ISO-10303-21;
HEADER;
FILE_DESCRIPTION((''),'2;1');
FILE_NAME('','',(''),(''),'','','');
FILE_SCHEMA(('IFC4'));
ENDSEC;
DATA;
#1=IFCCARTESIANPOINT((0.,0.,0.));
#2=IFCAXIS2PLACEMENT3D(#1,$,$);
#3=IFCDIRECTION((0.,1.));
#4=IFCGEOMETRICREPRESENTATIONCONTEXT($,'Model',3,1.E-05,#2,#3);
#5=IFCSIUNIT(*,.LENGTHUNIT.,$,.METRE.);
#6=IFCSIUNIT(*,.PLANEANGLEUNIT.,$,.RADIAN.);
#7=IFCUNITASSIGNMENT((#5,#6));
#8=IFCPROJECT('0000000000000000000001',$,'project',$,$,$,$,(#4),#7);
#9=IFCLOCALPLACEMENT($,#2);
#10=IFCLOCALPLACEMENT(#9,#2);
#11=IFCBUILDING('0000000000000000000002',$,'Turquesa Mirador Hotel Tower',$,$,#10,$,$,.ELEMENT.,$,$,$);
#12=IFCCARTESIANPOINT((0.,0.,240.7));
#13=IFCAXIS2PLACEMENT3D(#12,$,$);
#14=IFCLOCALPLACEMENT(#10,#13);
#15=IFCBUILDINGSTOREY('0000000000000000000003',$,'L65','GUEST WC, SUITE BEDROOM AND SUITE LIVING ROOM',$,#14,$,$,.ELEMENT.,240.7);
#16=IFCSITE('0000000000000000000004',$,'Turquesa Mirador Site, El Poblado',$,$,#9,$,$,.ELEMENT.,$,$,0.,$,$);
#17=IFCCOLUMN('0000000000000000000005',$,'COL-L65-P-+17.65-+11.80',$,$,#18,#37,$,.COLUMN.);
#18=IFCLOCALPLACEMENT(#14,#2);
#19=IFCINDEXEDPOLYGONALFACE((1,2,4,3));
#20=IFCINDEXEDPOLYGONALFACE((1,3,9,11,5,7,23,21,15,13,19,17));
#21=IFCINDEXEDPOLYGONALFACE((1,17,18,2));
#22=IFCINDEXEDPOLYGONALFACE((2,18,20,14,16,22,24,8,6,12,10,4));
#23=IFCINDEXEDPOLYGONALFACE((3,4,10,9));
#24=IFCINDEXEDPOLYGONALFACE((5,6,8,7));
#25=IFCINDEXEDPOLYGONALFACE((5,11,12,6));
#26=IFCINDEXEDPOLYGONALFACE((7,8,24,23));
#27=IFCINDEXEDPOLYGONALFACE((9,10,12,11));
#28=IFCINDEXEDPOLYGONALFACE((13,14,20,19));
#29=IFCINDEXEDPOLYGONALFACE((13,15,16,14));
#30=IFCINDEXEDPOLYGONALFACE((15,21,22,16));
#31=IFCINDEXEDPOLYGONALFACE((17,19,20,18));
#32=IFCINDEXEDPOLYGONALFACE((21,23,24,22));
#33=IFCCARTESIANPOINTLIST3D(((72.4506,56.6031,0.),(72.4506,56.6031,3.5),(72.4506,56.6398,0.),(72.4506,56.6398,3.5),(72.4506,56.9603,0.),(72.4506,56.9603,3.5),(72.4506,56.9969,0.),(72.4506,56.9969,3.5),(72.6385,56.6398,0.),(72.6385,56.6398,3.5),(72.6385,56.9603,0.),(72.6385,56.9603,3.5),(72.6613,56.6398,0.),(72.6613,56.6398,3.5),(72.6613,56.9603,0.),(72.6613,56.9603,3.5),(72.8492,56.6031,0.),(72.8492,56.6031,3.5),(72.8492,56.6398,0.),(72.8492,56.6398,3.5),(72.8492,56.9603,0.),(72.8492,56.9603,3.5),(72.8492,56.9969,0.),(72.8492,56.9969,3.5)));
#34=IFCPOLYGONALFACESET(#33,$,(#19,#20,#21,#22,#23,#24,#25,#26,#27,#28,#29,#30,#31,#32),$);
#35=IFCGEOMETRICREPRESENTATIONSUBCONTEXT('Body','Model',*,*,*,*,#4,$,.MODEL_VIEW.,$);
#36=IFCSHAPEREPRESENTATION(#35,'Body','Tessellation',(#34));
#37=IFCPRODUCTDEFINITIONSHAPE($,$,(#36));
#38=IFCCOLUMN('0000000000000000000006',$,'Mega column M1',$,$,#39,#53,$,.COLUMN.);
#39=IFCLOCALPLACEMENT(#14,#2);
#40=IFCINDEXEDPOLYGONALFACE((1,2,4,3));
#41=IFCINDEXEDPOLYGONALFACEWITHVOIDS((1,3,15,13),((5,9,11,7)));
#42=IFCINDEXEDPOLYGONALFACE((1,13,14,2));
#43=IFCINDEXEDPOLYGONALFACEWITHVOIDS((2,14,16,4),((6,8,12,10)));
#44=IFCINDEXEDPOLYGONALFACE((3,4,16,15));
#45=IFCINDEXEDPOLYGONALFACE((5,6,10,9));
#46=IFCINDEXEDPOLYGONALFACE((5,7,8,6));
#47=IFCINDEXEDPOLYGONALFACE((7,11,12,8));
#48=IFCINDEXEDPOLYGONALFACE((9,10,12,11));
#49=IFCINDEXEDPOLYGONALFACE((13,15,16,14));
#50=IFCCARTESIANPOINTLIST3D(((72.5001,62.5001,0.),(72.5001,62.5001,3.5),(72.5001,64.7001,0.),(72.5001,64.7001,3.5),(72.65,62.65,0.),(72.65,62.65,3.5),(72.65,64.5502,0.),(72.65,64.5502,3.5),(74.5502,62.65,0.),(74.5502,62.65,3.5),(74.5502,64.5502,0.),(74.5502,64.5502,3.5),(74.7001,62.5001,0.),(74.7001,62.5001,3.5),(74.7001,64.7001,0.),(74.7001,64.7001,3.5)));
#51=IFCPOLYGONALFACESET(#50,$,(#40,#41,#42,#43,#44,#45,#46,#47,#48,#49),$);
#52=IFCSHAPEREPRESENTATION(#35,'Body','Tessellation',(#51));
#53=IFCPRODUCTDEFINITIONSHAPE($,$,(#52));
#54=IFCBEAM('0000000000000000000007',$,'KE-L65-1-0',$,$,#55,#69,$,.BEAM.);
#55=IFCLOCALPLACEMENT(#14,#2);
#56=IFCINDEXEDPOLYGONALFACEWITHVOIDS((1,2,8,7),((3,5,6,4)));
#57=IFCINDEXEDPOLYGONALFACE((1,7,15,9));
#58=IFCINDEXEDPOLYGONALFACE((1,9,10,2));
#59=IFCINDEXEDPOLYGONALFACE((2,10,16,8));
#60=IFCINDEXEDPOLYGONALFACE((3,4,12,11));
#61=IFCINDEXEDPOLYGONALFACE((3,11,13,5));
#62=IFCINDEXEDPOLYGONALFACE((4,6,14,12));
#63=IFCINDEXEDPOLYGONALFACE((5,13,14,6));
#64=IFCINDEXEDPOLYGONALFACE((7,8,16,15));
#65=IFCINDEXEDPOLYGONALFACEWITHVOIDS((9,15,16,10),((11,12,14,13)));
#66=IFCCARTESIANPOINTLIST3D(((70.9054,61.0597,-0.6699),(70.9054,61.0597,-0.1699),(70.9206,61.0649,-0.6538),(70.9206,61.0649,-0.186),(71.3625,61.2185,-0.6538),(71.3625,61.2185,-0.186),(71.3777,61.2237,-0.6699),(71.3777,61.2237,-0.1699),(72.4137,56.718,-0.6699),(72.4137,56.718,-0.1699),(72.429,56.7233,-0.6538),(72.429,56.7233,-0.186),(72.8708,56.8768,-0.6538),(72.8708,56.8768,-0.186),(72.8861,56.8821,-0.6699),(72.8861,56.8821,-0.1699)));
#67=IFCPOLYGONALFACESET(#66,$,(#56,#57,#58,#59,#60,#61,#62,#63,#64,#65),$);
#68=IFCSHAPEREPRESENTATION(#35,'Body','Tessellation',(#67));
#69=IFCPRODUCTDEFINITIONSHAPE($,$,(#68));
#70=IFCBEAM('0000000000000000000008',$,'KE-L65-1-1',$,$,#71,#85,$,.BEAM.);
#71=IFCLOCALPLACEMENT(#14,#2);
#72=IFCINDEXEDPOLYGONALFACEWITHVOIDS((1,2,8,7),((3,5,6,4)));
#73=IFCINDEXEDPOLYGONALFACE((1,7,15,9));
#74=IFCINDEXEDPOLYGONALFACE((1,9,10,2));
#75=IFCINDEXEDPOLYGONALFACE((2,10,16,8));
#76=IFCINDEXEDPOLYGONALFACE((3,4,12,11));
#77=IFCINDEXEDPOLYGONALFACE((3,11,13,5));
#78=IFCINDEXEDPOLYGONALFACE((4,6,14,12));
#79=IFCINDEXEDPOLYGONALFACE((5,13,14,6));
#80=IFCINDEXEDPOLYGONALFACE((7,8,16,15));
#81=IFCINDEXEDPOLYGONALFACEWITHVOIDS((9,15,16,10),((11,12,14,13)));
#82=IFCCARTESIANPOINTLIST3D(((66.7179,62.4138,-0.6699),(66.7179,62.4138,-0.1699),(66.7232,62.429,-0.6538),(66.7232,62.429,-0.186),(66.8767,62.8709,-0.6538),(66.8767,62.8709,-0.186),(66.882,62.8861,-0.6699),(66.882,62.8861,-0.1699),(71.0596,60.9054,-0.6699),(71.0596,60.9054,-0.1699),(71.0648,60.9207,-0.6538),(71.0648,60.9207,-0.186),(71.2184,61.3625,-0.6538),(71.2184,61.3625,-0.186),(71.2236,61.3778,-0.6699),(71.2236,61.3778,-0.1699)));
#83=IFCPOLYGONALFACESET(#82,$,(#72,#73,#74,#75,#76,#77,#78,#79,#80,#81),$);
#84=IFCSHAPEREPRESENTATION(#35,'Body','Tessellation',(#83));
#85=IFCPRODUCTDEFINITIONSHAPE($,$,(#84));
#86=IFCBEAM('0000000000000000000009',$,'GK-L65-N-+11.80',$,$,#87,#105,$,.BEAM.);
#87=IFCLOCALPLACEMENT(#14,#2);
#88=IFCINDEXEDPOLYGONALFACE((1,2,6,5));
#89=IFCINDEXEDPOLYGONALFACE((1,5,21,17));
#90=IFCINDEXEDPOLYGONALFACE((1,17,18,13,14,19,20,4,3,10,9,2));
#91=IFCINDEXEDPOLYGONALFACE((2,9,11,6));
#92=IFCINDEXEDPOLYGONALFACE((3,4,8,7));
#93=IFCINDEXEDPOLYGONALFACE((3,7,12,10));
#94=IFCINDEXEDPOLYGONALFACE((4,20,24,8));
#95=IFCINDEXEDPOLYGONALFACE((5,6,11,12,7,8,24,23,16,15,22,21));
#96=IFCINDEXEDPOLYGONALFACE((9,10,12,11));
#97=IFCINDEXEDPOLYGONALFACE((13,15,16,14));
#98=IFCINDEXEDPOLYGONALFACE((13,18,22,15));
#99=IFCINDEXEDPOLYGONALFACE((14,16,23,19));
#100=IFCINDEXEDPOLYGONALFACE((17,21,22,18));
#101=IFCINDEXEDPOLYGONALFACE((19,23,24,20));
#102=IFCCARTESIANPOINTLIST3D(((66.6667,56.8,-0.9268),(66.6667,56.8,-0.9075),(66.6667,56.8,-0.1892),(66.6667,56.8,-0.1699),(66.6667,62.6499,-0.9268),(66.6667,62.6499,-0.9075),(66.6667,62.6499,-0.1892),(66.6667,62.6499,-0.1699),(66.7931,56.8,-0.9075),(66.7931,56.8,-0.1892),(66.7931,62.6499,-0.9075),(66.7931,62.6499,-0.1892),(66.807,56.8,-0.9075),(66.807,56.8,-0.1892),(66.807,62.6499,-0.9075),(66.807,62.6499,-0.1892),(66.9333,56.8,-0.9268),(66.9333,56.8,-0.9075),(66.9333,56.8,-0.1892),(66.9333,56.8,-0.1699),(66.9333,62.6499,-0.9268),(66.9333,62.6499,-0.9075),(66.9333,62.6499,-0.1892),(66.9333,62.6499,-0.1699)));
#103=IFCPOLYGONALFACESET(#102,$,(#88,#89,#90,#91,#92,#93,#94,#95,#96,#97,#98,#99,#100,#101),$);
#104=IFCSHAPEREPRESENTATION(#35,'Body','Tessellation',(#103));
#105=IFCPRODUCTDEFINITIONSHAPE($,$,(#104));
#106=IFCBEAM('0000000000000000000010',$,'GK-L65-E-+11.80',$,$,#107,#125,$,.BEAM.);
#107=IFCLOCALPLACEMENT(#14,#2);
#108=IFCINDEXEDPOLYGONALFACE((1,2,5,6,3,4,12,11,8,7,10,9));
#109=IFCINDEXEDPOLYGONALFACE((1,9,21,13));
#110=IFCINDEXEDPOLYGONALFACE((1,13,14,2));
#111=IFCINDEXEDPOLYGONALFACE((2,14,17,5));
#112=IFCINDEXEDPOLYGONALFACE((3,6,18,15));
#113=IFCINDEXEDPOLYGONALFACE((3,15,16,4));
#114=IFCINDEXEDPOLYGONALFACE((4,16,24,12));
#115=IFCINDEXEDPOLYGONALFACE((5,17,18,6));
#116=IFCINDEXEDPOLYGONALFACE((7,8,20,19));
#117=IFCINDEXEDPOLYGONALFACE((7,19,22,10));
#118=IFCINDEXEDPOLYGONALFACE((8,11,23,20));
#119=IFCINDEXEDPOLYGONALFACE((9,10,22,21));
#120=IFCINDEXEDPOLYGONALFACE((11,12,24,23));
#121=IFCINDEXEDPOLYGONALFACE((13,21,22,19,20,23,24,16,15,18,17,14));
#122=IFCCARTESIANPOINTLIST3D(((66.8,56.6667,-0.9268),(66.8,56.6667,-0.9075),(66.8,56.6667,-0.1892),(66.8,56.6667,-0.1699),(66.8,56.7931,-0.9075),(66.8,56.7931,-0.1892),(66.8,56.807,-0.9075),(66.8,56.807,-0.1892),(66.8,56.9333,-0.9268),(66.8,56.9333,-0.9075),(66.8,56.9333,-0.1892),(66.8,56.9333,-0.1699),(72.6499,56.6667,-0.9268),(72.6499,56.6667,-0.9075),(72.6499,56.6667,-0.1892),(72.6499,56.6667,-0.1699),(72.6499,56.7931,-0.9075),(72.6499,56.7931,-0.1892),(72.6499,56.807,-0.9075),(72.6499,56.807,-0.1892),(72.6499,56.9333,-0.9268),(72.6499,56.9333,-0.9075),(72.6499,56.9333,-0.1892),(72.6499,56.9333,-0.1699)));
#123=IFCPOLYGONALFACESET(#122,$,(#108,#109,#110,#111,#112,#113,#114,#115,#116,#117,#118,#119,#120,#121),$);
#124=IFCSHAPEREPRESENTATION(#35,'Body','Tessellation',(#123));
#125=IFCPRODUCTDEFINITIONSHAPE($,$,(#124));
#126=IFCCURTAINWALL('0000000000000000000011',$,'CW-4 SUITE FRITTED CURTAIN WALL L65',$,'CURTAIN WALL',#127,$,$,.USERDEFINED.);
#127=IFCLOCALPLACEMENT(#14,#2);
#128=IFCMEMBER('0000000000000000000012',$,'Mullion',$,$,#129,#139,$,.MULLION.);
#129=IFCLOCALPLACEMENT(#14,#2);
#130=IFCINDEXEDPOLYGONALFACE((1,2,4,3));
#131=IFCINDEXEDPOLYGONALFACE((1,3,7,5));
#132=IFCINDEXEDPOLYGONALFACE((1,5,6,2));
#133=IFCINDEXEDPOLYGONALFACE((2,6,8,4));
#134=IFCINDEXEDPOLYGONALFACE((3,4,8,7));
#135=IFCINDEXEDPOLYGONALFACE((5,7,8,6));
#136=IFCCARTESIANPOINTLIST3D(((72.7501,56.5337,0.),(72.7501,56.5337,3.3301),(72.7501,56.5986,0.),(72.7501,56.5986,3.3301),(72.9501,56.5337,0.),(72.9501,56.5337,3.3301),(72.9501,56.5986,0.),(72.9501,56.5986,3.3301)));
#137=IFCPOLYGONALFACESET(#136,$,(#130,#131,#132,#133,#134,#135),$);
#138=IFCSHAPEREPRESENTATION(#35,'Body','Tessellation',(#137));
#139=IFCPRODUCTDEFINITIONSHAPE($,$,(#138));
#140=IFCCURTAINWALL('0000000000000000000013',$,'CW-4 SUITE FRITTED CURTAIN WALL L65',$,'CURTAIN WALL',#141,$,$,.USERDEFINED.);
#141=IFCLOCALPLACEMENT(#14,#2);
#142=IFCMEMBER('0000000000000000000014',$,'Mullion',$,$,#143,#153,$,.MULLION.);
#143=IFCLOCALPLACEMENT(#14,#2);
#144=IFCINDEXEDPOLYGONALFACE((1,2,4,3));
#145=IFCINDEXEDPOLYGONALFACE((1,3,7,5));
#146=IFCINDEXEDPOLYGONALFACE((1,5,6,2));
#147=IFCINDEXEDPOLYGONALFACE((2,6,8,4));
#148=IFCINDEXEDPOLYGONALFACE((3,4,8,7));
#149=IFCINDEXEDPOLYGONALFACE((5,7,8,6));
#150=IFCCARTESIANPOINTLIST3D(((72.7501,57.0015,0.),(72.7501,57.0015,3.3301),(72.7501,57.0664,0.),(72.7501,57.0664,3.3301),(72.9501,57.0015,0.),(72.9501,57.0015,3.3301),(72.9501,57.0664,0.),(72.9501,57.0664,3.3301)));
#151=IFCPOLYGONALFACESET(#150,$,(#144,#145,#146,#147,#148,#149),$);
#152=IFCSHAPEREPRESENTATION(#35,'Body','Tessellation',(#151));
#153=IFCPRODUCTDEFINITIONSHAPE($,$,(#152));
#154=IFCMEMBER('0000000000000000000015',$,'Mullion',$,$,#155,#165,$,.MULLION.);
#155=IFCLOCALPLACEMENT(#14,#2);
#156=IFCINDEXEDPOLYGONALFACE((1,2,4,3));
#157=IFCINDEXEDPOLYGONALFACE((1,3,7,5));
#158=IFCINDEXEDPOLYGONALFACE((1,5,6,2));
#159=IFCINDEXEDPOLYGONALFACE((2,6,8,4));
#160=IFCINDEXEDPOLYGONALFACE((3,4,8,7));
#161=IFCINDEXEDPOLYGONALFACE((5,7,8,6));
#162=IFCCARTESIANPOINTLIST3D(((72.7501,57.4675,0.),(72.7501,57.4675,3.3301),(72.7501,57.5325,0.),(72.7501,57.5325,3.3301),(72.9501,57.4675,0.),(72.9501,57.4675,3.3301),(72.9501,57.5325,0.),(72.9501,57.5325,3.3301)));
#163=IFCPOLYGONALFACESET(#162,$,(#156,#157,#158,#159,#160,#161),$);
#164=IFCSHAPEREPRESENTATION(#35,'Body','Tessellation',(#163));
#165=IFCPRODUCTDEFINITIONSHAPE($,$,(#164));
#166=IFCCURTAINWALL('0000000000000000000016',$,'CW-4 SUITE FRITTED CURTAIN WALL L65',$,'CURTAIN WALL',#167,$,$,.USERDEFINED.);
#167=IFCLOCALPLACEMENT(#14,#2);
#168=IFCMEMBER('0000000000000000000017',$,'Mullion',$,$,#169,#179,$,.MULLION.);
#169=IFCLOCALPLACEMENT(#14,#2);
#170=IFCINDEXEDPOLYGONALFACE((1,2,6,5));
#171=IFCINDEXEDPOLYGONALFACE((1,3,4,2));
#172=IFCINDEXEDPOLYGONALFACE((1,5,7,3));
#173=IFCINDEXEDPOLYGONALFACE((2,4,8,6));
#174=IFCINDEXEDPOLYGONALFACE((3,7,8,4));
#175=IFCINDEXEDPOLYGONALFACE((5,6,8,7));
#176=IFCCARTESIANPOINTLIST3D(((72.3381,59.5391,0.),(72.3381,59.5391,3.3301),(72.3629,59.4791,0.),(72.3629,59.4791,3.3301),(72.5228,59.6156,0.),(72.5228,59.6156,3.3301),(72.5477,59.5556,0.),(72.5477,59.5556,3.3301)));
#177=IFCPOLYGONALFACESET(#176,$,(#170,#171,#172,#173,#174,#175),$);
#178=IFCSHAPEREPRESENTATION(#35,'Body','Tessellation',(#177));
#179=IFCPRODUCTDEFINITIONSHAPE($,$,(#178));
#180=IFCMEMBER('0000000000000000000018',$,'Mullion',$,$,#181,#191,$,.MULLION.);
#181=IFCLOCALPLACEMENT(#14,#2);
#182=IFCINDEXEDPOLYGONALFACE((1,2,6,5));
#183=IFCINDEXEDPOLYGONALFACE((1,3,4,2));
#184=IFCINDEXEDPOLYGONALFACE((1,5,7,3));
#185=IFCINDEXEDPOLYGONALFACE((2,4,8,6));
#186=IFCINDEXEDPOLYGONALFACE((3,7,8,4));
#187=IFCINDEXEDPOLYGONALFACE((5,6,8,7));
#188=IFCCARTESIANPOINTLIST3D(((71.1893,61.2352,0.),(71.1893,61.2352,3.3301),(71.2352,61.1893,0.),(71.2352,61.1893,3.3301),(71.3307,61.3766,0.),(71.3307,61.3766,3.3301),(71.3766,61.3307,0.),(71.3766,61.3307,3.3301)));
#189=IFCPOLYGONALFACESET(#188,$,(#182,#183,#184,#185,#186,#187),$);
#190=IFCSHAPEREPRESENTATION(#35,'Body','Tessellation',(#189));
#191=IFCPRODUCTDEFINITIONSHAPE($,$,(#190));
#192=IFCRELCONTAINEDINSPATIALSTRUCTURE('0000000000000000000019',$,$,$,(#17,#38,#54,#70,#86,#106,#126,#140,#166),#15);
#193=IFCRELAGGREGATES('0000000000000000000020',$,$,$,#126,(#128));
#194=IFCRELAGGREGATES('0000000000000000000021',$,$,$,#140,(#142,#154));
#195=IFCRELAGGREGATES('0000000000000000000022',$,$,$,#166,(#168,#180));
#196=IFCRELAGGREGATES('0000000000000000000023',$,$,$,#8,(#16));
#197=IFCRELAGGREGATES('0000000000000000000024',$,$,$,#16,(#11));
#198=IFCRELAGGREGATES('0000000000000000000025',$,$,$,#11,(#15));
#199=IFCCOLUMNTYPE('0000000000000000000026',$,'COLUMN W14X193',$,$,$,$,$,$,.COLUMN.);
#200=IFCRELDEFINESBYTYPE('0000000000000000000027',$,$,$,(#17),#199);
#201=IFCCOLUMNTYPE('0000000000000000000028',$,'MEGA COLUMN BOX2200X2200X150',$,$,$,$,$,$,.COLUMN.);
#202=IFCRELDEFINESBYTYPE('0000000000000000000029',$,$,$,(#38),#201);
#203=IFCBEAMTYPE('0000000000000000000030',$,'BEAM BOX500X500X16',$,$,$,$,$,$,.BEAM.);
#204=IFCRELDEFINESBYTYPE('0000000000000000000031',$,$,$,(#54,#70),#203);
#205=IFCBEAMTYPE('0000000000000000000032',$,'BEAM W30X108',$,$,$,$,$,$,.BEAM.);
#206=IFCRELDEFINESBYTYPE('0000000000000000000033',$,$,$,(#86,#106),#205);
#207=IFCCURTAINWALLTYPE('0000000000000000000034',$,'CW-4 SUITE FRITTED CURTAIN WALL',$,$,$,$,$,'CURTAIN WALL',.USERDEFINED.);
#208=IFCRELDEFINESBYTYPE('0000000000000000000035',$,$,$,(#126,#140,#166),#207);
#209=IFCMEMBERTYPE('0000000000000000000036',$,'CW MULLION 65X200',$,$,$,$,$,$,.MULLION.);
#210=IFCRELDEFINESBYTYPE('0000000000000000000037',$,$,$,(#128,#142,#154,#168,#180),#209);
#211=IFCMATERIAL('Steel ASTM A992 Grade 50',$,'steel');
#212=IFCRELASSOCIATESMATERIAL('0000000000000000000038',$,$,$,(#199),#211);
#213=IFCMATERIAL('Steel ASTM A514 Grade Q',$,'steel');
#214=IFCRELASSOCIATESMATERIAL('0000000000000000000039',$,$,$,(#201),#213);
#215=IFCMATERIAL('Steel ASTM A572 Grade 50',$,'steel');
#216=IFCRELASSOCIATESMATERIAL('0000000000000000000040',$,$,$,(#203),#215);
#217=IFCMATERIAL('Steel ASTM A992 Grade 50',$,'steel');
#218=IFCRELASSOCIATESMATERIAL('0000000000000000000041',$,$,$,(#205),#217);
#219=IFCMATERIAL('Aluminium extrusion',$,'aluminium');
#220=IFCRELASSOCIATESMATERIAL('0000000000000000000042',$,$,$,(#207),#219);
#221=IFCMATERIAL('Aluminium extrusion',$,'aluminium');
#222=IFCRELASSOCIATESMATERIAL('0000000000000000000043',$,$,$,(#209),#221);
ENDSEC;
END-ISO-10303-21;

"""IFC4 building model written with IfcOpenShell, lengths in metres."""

from ifc_helpers import new_model, si_unit, direction, frame, origin, origin_2d, place, context, subcontext, project, spatial, rectangle, hollow_rectangle, i_section, extrude, material, material_profile, profile_set, type_object, element, aggregate, save


model = new_model("IFC4")

# Units and contexts
model_context = context("Model", 3, precision=1e-05, world=origin(), true_north=direction((0.0, 1.0)))
body_context = subcontext(model_context, "Body", "Model", "MODEL_VIEW")
ifc_project = project(units=[si_unit("LENGTHUNIT", "METRE"), si_unit("PLANEANGLEUNIT", "RADIAN")], contexts=[model_context])

# Site, building, storey
site_placement = place(None, origin())
site = spatial("IfcSite", under=ifc_project, at=site_placement, Name="Turquesa Mirador Site, El Poblado", CompositionType="ELEMENT", RefElevation=0.0)
building_placement = place(site_placement, origin())
building = spatial("IfcBuilding", under=site, at=building_placement, Name="Turquesa Mirador Hotel Tower", CompositionType="ELEMENT")
storey_placement = place(building_placement, frame((0.0, 0.0, 240.7)))
storey = spatial("IfcBuildingStorey", under=building, at=storey_placement, Name="L65", Description="GUEST WC, SUITE BEDROOM AND SUITE LIVING ROOM", CompositionType="ELEMENT", Elevation=240.7)

# Columns
ifc_material_1 = material(Name="Steel ASTM A992 Grade 50", Category="steel")
ifc_material_profile_1 = material_profile(ifc_material_1, i_section(OverallWidth=0.3987, OverallDepth=0.3938, WebThickness=0.0227, FlangeThickness=0.0366, at=origin_2d()), Name="W14X193")
ifc_profile_set_1 = profile_set([ifc_material_profile_1], Name="Steel ASTM A992 Grade 50")
column_type_1 = type_object("IfcColumnType", Name="COLUMN W14X193", PredefinedType="COLUMN", material=ifc_profile_set_1)
column_1_placement = place(storey_placement, frame((72.6499, 56.8, 0.0), z_axis=(0.0, 0.0, 1.0), x_axis=(1.0, 0.0, 0.0)))
element("IfcColumn", 1, at=column_1_placement, inside=storey, type_object=column_type_1, Name="COL-L65-P-+17.65-+11.80", PredefinedType="COLUMN", context=body_context, shape_type="SweptSolid", body=[
    extrude(i_section(OverallWidth=0.3987, OverallDepth=0.3938, WebThickness=0.0227, FlangeThickness=0.0366, at=origin_2d()), origin(), (0.0, 0.0, 1.0), 3.5),
])
ifc_material_2 = material(Name="Steel ASTM A514 Grade Q", Category="steel")
ifc_material_profile_2 = material_profile(ifc_material_2, hollow_rectangle(XDim=2.2, YDim=2.2, WallThickness=0.1499, at=origin_2d()), Name="BOX2200X2200X150")
ifc_profile_set_2 = profile_set([ifc_material_profile_2], Name="Steel ASTM A514 Grade Q")
column_type_2 = type_object("IfcColumnType", Name="MEGA COLUMN BOX2200X2200X150", PredefinedType="COLUMN", material=ifc_profile_set_2)
column_2_placement = place(storey_placement, frame((73.6001, 63.6001, 0.0), z_axis=(0.0, 0.0, 1.0), x_axis=(1.0, 0.0, 0.0)))
element("IfcColumn", 2, at=column_2_placement, inside=storey, type_object=column_type_2, Name="Mega column M1", PredefinedType="COLUMN", context=body_context, shape_type="SweptSolid", body=[
    extrude(hollow_rectangle(XDim=2.2, YDim=2.2, WallThickness=0.1499, at=origin_2d()), origin(), (0.0, 0.0, 1.0), 3.5),
])

# Beams
ifc_material_3 = material(Name="Steel ASTM A572 Grade 50", Category="steel")
ifc_material_profile_3 = material_profile(ifc_material_3, hollow_rectangle(XDim=0.5, YDim=0.5, WallThickness=0.0161, at=origin_2d()), Name="BOX500X500X16")
ifc_profile_set_3 = profile_set([ifc_material_profile_3], Name="Steel ASTM A572 Grade 50")
beam_type_1 = type_object("IfcBeamType", Name="BEAM BOX500X500X16", PredefinedType="BEAM", material=ifc_profile_set_3)
for number, where, z_axis, x_axis, name in (
    (3, (72.6499, 56.8, -0.4199), (-0.32817, 0.944619, 0.0), (-0.944619, -0.32817, 0.0), "KE-L65-1-0"),
    (4, (71.1416, 61.1416, -0.4199), (-0.944619, 0.32817, 0.0), (-0.32817, -0.944619, 0.0), "KE-L65-1-1"),
):
    element("IfcBeam", number, at=place(storey_placement, frame(where, z_axis=z_axis, x_axis=x_axis)), inside=storey, type_object=beam_type_1, Name=name, PredefinedType="BEAM", context=body_context, shape_type="SweptSolid", body=[
        extrude(hollow_rectangle(XDim=0.5, YDim=0.5, WallThickness=0.0161, at=origin_2d()), origin(), (0.0, 0.0, 1.0), 4.5962),
    ])
ifc_material_4 = material(Name="Steel ASTM A992 Grade 50", Category="steel")
ifc_material_profile_4 = material_profile(ifc_material_4, i_section(OverallWidth=0.2666, OverallDepth=0.7568, WebThickness=0.0139, FlangeThickness=0.0193, at=origin_2d()), Name="W30X108")
ifc_profile_set_4 = profile_set([ifc_material_profile_4], Name="Steel ASTM A992 Grade 50")
beam_type_2 = type_object("IfcBeamType", Name="BEAM W30X108", PredefinedType="BEAM", material=ifc_profile_set_4)
for number, where, z_axis, x_axis, name in (
    (5, (66.8, 62.6499, -0.5483), (0.0, -1.0, 0.0), (1.0, 0.0, 0.0), "GK-L65-N-+11.80"),
    (6, (72.6499, 56.8, -0.5483), (-1.0, 0.0, 0.0), (0.0, -1.0, 0.0), "GK-L65-E-+11.80"),
):
    element("IfcBeam", number, at=place(storey_placement, frame(where, z_axis=z_axis, x_axis=x_axis)), inside=storey, type_object=beam_type_2, Name=name, PredefinedType="BEAM", context=body_context, shape_type="SweptSolid", body=[
        extrude(i_section(OverallWidth=0.2666, OverallDepth=0.7568, WebThickness=0.0139, FlangeThickness=0.0193, at=origin_2d()), origin(), (0.0, 0.0, 1.0), 5.8499),
    ])

# Curtain wall, member
ifc_material_5 = material(Name="Aluminium extrusion", Category="aluminium")
curtain_wall_type = type_object("IfcCurtainWallType", Name="CW-4 SUITE FRITTED CURTAIN WALL", ElementType="CURTAIN WALL", PredefinedType="USERDEFINED", material=ifc_material_5)
curtain_wall_1_placement = place(storey_placement, origin())
curtain_wall_1 = element("IfcCurtainWall", 7, at=curtain_wall_1_placement, inside=storey, type_object=curtain_wall_type, Name="CW-4 SUITE FRITTED CURTAIN WALL L65", ObjectType="CURTAIN WALL", PredefinedType="USERDEFINED")
ifc_material_6 = material(Name="Aluminium extrusion", Category="aluminium")
ifc_material_profile_5 = material_profile(ifc_material_6, rectangle(XDim=0.0649, YDim=0.2, at=origin_2d()), Name="MULLION 65X200")
ifc_profile_set_5 = profile_set([ifc_material_profile_5], Name="Aluminium extrusion")
member_type_1 = type_object("IfcMemberType", Name="CW MULLION 65X200", PredefinedType="MULLION", material=ifc_profile_set_5)
member_1_placement = place(storey_placement, frame((72.8501, 56.5662, 0.0), z_axis=(0.0, 0.0, 1.0), x_axis=(0.0, 1.0, 0.0)))
member_1 = element("IfcMember", 8, at=member_1_placement, type_object=member_type_1, Name="Mullion", PredefinedType="MULLION", context=body_context, shape_type="SweptSolid", body=[
    extrude(rectangle(XDim=0.0649, YDim=0.2, at=origin_2d()), origin(), (0.0, 0.0, 1.0), 3.3301),
])
aggregate(curtain_wall_1, [member_1])

# Curtain walls, members
curtain_wall_2_placement = place(storey_placement, origin())
curtain_wall_2 = element("IfcCurtainWall", 9, at=curtain_wall_2_placement, inside=storey, type_object=curtain_wall_type, Name="CW-4 SUITE FRITTED CURTAIN WALL L65", ObjectType="CURTAIN WALL", PredefinedType="USERDEFINED")
member_2_placement = place(storey_placement, frame((72.8501, 57.0339, 0.0), z_axis=(0.0, 0.0, 1.0), x_axis=(0.0, 1.0, 0.0)))
member_2 = element("IfcMember", 10, at=member_2_placement, type_object=member_type_1, Name="Mullion", PredefinedType="MULLION", context=body_context, shape_type="SweptSolid", body=[
    extrude(rectangle(XDim=0.0649, YDim=0.2, at=origin_2d()), origin(), (0.0, 0.0, 1.0), 3.3301),
])
member_3_placement = place(storey_placement, frame((72.8501, 57.5, 0.0), z_axis=(0.0, 0.0, 1.0), x_axis=(0.0, 1.0, 0.0)))
member_3 = element("IfcMember", 11, at=member_3_placement, type_object=member_type_1, Name="Mullion", PredefinedType="MULLION", context=body_context, shape_type="SweptSolid", body=[
    extrude(rectangle(XDim=0.0649, YDim=0.2, at=origin_2d()), origin(), (0.0, 0.0, 1.0), 3.3301),
])
curtain_wall_3_placement = place(storey_placement, origin())
curtain_wall_3 = element("IfcCurtainWall", 12, at=curtain_wall_3_placement, inside=storey, type_object=curtain_wall_type, Name="CW-4 SUITE FRITTED CURTAIN WALL L65", ObjectType="CURTAIN WALL", PredefinedType="USERDEFINED")
member_4_placement = place(storey_placement, frame((72.4429, 59.5474, 0.0), z_axis=(0.0, 0.0, 1.0), x_axis=(-0.382683, 0.92388, 0.0)))
member_4 = element("IfcMember", 13, at=member_4_placement, type_object=member_type_1, Name="Mullion", PredefinedType="MULLION", context=body_context, shape_type="SweptSolid", body=[
    extrude(rectangle(XDim=0.0649, YDim=0.2, at=origin_2d()), origin(), (0.0, 0.0, 1.0), 3.3301),
])
member_5_placement = place(storey_placement, frame((71.283, 61.283, 0.0), z_axis=(0.0, 0.0, 1.0), x_axis=(-0.707107, 0.707107, 0.0)))
member_5 = element("IfcMember", 14, at=member_5_placement, type_object=member_type_1, Name="Mullion", PredefinedType="MULLION", context=body_context, shape_type="SweptSolid", body=[
    extrude(rectangle(XDim=0.0649, YDim=0.2, at=origin_2d()), origin(), (0.0, 0.0, 1.0), 3.3301),
])

aggregate(curtain_wall_2, [member_2, member_3])
aggregate(curtain_wall_3, [member_4, member_5])

save(model, "model.ifc")
